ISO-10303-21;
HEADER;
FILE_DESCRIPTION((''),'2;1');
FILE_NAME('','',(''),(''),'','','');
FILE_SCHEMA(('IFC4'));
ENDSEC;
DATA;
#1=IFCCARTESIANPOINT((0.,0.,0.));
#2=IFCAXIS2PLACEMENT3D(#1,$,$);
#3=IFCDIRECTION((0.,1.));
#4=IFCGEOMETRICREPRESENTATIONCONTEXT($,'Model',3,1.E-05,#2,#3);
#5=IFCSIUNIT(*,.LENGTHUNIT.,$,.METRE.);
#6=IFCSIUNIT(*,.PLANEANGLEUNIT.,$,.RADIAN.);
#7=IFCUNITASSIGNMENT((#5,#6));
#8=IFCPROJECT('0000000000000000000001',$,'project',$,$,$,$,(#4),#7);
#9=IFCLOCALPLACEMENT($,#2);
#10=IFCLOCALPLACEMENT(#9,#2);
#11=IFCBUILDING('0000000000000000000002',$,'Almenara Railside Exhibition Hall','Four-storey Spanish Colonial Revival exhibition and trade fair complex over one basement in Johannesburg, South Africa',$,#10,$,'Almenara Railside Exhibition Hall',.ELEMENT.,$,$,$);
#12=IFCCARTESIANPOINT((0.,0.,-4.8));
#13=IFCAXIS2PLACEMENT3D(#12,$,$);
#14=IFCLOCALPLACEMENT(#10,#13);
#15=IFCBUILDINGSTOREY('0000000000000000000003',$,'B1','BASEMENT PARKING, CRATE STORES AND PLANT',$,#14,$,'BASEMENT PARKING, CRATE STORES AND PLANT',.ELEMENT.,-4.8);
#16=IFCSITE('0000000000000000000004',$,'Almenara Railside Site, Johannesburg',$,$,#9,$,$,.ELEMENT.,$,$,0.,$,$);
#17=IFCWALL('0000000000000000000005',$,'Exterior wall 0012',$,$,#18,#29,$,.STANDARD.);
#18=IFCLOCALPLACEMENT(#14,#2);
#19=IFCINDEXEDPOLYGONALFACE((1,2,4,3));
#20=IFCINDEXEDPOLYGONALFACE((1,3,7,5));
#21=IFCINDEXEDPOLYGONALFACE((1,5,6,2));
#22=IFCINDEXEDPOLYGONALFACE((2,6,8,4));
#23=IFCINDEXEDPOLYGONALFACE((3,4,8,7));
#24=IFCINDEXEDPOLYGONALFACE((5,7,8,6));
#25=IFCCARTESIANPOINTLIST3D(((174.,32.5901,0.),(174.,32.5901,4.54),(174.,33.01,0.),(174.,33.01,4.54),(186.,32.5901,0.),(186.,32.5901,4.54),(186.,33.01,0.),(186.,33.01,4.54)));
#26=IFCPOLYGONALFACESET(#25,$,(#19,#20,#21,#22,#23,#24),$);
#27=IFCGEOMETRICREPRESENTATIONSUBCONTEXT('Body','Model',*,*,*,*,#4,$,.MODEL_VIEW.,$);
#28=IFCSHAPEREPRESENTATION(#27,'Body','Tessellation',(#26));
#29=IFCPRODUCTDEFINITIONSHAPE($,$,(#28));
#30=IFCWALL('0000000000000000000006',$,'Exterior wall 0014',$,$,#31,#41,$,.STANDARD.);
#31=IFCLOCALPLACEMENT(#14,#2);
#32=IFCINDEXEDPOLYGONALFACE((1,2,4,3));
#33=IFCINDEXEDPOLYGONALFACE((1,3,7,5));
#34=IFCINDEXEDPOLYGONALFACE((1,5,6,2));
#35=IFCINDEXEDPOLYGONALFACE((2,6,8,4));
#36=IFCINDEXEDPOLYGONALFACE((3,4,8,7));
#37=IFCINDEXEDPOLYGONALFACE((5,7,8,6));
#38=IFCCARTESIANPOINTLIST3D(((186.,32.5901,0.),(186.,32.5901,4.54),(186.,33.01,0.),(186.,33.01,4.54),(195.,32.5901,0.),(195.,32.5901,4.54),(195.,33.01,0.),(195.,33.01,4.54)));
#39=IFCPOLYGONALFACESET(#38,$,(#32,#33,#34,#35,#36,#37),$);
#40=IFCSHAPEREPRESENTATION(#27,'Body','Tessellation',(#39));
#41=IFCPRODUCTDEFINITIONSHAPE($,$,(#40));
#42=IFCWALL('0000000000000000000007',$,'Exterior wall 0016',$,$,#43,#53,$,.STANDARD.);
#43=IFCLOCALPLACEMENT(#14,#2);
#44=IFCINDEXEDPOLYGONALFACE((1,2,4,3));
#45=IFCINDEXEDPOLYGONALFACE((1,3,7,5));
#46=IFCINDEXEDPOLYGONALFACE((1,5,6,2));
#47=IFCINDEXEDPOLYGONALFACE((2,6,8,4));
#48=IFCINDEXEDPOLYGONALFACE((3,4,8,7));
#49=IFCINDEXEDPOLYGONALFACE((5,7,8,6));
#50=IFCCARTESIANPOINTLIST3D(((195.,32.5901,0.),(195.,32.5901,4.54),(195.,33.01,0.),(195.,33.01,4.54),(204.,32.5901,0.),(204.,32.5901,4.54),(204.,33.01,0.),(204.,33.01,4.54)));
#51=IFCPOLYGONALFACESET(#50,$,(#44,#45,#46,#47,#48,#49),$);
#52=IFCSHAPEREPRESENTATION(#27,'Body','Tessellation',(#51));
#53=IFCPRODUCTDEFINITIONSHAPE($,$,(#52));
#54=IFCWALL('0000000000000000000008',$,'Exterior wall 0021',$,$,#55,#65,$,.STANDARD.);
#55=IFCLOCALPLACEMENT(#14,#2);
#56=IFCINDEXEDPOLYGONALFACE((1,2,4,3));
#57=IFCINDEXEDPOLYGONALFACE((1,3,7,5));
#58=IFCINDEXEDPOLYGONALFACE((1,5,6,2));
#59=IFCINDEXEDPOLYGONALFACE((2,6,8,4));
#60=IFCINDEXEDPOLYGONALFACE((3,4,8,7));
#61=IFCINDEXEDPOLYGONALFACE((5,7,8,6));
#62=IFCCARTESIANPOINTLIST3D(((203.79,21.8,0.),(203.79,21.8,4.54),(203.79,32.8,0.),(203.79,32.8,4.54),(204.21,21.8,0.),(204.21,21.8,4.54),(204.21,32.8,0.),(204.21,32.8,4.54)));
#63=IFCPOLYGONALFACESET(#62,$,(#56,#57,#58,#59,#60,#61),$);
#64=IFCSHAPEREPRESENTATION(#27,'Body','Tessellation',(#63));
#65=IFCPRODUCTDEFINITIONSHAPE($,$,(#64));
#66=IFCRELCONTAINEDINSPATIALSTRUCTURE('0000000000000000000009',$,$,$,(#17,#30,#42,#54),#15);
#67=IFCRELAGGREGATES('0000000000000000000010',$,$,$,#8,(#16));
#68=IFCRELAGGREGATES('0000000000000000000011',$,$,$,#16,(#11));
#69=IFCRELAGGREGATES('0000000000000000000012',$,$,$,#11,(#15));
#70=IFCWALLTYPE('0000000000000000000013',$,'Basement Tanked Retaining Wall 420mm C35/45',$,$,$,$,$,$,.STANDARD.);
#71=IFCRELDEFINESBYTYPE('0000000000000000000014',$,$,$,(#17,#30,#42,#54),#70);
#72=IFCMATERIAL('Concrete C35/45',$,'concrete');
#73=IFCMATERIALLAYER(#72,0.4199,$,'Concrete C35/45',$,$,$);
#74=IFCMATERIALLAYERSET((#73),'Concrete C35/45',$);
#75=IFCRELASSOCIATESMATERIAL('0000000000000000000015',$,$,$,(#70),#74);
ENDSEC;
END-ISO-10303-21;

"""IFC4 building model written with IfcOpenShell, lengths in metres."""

from ifc_helpers import new_model, si_unit, direction, frame, frame_2d, origin, place, context, subcontext, project, spatial, rectangle, extrude, material, layer, layer_set, type_object, element, save


model = new_model("IFC4")

# Units and contexts
model_context = context("Model", 3, precision=1e-05, world=origin(), true_north=direction((0.0, 1.0)))
body_context = subcontext(model_context, "Body", "Model", "MODEL_VIEW")
ifc_project = project(units=[si_unit("LENGTHUNIT", "METRE"), si_unit("PLANEANGLEUNIT", "RADIAN")], contexts=[model_context])

# Site, building, storey
site_placement = place(None, origin())
site = spatial("IfcSite", under=ifc_project, at=site_placement, Name="Almenara Railside Site, Johannesburg", CompositionType="ELEMENT", RefElevation=0.0)
building_placement = place(site_placement, origin())
building = spatial("IfcBuilding", under=site, at=building_placement, Name="Almenara Railside Exhibition Hall", Description="Four-storey Spanish Colonial Revival exhibition and trade fair complex over one basement in Johannesburg, South Africa", LongName="Almenara Railside Exhibition Hall", CompositionType="ELEMENT")
storey_placement = place(building_placement, frame((0.0, 0.0, -4.8)))
storey = spatial("IfcBuildingStorey", under=building, at=storey_placement, Name="B1", Description="BASEMENT PARKING, CRATE STORES AND PLANT", LongName="BASEMENT PARKING, CRATE STORES AND PLANT", CompositionType="ELEMENT", Elevation=-4.8)

# Shared definitions
ifc_material_1 = material(Name="Concrete C35/45", Category="concrete")

# Walls
ifc_layer_1 = layer(ifc_material_1, 0.4199, Name="Concrete C35/45")
ifc_layer_set_1 = layer_set([ifc_layer_1], Name="Concrete C35/45")
wall_type = type_object("IfcWallType", Name="Basement Tanked Retaining Wall 420mm C35/45", PredefinedType="STANDARD", material=ifc_layer_set_1)
wall_1_placement = place(storey_placement, frame((186.0, 32.8, 0.0), z_axis=(0.0, 0.0, 1.0), x_axis=(-1.0, 0.0, 0.0)))
element("IfcWall", 1, at=wall_1_placement, inside=storey, type_object=wall_type, Name="Exterior wall 0012", PredefinedType="STANDARD", context=body_context, shape_type="SweptSolid", body=[
    extrude(rectangle(XDim=12.0, YDim=0.4199, at=frame_2d((6.0, 0.0))), origin(), (0.0, 0.0, 1.0), 4.54),
])
for number, where, z_axis, x_axis, name in (
    (2, (195.0, 32.8, 0.0), (0.0, 0.0, 1.0), (-1.0, 0.0, 0.0), "Exterior wall 0014"),
    (3, (204.0, 32.8, 0.0), (0.0, 0.0, 1.0), (-1.0, 0.0, 0.0), "Exterior wall 0016"),
):
    element("IfcWall", number, at=place(storey_placement, frame(where, z_axis=z_axis, x_axis=x_axis)), inside=storey, type_object=wall_type, Name=name, PredefinedType="STANDARD", context=body_context, shape_type="SweptSolid", body=[
        extrude(rectangle(XDim=9.0, YDim=0.4199, at=frame_2d((4.5, 0.0))), origin(), (0.0, 0.0, 1.0), 4.54),
    ])
wall_2_placement = place(storey_placement, frame((204.0, 21.8, 0.0), z_axis=(0.0, 0.0, 1.0), x_axis=(0.0, 1.0, 0.0)))
element("IfcWall", 4, at=wall_2_placement, inside=storey, type_object=wall_type, Name="Exterior wall 0021", PredefinedType="STANDARD", context=body_context, shape_type="SweptSolid", body=[
    extrude(rectangle(XDim=11.0, YDim=0.4199, at=frame_2d((5.5, 0.0))), origin(), (0.0, 0.0, 1.0), 4.54),
])

save(model, "model.ifc")
